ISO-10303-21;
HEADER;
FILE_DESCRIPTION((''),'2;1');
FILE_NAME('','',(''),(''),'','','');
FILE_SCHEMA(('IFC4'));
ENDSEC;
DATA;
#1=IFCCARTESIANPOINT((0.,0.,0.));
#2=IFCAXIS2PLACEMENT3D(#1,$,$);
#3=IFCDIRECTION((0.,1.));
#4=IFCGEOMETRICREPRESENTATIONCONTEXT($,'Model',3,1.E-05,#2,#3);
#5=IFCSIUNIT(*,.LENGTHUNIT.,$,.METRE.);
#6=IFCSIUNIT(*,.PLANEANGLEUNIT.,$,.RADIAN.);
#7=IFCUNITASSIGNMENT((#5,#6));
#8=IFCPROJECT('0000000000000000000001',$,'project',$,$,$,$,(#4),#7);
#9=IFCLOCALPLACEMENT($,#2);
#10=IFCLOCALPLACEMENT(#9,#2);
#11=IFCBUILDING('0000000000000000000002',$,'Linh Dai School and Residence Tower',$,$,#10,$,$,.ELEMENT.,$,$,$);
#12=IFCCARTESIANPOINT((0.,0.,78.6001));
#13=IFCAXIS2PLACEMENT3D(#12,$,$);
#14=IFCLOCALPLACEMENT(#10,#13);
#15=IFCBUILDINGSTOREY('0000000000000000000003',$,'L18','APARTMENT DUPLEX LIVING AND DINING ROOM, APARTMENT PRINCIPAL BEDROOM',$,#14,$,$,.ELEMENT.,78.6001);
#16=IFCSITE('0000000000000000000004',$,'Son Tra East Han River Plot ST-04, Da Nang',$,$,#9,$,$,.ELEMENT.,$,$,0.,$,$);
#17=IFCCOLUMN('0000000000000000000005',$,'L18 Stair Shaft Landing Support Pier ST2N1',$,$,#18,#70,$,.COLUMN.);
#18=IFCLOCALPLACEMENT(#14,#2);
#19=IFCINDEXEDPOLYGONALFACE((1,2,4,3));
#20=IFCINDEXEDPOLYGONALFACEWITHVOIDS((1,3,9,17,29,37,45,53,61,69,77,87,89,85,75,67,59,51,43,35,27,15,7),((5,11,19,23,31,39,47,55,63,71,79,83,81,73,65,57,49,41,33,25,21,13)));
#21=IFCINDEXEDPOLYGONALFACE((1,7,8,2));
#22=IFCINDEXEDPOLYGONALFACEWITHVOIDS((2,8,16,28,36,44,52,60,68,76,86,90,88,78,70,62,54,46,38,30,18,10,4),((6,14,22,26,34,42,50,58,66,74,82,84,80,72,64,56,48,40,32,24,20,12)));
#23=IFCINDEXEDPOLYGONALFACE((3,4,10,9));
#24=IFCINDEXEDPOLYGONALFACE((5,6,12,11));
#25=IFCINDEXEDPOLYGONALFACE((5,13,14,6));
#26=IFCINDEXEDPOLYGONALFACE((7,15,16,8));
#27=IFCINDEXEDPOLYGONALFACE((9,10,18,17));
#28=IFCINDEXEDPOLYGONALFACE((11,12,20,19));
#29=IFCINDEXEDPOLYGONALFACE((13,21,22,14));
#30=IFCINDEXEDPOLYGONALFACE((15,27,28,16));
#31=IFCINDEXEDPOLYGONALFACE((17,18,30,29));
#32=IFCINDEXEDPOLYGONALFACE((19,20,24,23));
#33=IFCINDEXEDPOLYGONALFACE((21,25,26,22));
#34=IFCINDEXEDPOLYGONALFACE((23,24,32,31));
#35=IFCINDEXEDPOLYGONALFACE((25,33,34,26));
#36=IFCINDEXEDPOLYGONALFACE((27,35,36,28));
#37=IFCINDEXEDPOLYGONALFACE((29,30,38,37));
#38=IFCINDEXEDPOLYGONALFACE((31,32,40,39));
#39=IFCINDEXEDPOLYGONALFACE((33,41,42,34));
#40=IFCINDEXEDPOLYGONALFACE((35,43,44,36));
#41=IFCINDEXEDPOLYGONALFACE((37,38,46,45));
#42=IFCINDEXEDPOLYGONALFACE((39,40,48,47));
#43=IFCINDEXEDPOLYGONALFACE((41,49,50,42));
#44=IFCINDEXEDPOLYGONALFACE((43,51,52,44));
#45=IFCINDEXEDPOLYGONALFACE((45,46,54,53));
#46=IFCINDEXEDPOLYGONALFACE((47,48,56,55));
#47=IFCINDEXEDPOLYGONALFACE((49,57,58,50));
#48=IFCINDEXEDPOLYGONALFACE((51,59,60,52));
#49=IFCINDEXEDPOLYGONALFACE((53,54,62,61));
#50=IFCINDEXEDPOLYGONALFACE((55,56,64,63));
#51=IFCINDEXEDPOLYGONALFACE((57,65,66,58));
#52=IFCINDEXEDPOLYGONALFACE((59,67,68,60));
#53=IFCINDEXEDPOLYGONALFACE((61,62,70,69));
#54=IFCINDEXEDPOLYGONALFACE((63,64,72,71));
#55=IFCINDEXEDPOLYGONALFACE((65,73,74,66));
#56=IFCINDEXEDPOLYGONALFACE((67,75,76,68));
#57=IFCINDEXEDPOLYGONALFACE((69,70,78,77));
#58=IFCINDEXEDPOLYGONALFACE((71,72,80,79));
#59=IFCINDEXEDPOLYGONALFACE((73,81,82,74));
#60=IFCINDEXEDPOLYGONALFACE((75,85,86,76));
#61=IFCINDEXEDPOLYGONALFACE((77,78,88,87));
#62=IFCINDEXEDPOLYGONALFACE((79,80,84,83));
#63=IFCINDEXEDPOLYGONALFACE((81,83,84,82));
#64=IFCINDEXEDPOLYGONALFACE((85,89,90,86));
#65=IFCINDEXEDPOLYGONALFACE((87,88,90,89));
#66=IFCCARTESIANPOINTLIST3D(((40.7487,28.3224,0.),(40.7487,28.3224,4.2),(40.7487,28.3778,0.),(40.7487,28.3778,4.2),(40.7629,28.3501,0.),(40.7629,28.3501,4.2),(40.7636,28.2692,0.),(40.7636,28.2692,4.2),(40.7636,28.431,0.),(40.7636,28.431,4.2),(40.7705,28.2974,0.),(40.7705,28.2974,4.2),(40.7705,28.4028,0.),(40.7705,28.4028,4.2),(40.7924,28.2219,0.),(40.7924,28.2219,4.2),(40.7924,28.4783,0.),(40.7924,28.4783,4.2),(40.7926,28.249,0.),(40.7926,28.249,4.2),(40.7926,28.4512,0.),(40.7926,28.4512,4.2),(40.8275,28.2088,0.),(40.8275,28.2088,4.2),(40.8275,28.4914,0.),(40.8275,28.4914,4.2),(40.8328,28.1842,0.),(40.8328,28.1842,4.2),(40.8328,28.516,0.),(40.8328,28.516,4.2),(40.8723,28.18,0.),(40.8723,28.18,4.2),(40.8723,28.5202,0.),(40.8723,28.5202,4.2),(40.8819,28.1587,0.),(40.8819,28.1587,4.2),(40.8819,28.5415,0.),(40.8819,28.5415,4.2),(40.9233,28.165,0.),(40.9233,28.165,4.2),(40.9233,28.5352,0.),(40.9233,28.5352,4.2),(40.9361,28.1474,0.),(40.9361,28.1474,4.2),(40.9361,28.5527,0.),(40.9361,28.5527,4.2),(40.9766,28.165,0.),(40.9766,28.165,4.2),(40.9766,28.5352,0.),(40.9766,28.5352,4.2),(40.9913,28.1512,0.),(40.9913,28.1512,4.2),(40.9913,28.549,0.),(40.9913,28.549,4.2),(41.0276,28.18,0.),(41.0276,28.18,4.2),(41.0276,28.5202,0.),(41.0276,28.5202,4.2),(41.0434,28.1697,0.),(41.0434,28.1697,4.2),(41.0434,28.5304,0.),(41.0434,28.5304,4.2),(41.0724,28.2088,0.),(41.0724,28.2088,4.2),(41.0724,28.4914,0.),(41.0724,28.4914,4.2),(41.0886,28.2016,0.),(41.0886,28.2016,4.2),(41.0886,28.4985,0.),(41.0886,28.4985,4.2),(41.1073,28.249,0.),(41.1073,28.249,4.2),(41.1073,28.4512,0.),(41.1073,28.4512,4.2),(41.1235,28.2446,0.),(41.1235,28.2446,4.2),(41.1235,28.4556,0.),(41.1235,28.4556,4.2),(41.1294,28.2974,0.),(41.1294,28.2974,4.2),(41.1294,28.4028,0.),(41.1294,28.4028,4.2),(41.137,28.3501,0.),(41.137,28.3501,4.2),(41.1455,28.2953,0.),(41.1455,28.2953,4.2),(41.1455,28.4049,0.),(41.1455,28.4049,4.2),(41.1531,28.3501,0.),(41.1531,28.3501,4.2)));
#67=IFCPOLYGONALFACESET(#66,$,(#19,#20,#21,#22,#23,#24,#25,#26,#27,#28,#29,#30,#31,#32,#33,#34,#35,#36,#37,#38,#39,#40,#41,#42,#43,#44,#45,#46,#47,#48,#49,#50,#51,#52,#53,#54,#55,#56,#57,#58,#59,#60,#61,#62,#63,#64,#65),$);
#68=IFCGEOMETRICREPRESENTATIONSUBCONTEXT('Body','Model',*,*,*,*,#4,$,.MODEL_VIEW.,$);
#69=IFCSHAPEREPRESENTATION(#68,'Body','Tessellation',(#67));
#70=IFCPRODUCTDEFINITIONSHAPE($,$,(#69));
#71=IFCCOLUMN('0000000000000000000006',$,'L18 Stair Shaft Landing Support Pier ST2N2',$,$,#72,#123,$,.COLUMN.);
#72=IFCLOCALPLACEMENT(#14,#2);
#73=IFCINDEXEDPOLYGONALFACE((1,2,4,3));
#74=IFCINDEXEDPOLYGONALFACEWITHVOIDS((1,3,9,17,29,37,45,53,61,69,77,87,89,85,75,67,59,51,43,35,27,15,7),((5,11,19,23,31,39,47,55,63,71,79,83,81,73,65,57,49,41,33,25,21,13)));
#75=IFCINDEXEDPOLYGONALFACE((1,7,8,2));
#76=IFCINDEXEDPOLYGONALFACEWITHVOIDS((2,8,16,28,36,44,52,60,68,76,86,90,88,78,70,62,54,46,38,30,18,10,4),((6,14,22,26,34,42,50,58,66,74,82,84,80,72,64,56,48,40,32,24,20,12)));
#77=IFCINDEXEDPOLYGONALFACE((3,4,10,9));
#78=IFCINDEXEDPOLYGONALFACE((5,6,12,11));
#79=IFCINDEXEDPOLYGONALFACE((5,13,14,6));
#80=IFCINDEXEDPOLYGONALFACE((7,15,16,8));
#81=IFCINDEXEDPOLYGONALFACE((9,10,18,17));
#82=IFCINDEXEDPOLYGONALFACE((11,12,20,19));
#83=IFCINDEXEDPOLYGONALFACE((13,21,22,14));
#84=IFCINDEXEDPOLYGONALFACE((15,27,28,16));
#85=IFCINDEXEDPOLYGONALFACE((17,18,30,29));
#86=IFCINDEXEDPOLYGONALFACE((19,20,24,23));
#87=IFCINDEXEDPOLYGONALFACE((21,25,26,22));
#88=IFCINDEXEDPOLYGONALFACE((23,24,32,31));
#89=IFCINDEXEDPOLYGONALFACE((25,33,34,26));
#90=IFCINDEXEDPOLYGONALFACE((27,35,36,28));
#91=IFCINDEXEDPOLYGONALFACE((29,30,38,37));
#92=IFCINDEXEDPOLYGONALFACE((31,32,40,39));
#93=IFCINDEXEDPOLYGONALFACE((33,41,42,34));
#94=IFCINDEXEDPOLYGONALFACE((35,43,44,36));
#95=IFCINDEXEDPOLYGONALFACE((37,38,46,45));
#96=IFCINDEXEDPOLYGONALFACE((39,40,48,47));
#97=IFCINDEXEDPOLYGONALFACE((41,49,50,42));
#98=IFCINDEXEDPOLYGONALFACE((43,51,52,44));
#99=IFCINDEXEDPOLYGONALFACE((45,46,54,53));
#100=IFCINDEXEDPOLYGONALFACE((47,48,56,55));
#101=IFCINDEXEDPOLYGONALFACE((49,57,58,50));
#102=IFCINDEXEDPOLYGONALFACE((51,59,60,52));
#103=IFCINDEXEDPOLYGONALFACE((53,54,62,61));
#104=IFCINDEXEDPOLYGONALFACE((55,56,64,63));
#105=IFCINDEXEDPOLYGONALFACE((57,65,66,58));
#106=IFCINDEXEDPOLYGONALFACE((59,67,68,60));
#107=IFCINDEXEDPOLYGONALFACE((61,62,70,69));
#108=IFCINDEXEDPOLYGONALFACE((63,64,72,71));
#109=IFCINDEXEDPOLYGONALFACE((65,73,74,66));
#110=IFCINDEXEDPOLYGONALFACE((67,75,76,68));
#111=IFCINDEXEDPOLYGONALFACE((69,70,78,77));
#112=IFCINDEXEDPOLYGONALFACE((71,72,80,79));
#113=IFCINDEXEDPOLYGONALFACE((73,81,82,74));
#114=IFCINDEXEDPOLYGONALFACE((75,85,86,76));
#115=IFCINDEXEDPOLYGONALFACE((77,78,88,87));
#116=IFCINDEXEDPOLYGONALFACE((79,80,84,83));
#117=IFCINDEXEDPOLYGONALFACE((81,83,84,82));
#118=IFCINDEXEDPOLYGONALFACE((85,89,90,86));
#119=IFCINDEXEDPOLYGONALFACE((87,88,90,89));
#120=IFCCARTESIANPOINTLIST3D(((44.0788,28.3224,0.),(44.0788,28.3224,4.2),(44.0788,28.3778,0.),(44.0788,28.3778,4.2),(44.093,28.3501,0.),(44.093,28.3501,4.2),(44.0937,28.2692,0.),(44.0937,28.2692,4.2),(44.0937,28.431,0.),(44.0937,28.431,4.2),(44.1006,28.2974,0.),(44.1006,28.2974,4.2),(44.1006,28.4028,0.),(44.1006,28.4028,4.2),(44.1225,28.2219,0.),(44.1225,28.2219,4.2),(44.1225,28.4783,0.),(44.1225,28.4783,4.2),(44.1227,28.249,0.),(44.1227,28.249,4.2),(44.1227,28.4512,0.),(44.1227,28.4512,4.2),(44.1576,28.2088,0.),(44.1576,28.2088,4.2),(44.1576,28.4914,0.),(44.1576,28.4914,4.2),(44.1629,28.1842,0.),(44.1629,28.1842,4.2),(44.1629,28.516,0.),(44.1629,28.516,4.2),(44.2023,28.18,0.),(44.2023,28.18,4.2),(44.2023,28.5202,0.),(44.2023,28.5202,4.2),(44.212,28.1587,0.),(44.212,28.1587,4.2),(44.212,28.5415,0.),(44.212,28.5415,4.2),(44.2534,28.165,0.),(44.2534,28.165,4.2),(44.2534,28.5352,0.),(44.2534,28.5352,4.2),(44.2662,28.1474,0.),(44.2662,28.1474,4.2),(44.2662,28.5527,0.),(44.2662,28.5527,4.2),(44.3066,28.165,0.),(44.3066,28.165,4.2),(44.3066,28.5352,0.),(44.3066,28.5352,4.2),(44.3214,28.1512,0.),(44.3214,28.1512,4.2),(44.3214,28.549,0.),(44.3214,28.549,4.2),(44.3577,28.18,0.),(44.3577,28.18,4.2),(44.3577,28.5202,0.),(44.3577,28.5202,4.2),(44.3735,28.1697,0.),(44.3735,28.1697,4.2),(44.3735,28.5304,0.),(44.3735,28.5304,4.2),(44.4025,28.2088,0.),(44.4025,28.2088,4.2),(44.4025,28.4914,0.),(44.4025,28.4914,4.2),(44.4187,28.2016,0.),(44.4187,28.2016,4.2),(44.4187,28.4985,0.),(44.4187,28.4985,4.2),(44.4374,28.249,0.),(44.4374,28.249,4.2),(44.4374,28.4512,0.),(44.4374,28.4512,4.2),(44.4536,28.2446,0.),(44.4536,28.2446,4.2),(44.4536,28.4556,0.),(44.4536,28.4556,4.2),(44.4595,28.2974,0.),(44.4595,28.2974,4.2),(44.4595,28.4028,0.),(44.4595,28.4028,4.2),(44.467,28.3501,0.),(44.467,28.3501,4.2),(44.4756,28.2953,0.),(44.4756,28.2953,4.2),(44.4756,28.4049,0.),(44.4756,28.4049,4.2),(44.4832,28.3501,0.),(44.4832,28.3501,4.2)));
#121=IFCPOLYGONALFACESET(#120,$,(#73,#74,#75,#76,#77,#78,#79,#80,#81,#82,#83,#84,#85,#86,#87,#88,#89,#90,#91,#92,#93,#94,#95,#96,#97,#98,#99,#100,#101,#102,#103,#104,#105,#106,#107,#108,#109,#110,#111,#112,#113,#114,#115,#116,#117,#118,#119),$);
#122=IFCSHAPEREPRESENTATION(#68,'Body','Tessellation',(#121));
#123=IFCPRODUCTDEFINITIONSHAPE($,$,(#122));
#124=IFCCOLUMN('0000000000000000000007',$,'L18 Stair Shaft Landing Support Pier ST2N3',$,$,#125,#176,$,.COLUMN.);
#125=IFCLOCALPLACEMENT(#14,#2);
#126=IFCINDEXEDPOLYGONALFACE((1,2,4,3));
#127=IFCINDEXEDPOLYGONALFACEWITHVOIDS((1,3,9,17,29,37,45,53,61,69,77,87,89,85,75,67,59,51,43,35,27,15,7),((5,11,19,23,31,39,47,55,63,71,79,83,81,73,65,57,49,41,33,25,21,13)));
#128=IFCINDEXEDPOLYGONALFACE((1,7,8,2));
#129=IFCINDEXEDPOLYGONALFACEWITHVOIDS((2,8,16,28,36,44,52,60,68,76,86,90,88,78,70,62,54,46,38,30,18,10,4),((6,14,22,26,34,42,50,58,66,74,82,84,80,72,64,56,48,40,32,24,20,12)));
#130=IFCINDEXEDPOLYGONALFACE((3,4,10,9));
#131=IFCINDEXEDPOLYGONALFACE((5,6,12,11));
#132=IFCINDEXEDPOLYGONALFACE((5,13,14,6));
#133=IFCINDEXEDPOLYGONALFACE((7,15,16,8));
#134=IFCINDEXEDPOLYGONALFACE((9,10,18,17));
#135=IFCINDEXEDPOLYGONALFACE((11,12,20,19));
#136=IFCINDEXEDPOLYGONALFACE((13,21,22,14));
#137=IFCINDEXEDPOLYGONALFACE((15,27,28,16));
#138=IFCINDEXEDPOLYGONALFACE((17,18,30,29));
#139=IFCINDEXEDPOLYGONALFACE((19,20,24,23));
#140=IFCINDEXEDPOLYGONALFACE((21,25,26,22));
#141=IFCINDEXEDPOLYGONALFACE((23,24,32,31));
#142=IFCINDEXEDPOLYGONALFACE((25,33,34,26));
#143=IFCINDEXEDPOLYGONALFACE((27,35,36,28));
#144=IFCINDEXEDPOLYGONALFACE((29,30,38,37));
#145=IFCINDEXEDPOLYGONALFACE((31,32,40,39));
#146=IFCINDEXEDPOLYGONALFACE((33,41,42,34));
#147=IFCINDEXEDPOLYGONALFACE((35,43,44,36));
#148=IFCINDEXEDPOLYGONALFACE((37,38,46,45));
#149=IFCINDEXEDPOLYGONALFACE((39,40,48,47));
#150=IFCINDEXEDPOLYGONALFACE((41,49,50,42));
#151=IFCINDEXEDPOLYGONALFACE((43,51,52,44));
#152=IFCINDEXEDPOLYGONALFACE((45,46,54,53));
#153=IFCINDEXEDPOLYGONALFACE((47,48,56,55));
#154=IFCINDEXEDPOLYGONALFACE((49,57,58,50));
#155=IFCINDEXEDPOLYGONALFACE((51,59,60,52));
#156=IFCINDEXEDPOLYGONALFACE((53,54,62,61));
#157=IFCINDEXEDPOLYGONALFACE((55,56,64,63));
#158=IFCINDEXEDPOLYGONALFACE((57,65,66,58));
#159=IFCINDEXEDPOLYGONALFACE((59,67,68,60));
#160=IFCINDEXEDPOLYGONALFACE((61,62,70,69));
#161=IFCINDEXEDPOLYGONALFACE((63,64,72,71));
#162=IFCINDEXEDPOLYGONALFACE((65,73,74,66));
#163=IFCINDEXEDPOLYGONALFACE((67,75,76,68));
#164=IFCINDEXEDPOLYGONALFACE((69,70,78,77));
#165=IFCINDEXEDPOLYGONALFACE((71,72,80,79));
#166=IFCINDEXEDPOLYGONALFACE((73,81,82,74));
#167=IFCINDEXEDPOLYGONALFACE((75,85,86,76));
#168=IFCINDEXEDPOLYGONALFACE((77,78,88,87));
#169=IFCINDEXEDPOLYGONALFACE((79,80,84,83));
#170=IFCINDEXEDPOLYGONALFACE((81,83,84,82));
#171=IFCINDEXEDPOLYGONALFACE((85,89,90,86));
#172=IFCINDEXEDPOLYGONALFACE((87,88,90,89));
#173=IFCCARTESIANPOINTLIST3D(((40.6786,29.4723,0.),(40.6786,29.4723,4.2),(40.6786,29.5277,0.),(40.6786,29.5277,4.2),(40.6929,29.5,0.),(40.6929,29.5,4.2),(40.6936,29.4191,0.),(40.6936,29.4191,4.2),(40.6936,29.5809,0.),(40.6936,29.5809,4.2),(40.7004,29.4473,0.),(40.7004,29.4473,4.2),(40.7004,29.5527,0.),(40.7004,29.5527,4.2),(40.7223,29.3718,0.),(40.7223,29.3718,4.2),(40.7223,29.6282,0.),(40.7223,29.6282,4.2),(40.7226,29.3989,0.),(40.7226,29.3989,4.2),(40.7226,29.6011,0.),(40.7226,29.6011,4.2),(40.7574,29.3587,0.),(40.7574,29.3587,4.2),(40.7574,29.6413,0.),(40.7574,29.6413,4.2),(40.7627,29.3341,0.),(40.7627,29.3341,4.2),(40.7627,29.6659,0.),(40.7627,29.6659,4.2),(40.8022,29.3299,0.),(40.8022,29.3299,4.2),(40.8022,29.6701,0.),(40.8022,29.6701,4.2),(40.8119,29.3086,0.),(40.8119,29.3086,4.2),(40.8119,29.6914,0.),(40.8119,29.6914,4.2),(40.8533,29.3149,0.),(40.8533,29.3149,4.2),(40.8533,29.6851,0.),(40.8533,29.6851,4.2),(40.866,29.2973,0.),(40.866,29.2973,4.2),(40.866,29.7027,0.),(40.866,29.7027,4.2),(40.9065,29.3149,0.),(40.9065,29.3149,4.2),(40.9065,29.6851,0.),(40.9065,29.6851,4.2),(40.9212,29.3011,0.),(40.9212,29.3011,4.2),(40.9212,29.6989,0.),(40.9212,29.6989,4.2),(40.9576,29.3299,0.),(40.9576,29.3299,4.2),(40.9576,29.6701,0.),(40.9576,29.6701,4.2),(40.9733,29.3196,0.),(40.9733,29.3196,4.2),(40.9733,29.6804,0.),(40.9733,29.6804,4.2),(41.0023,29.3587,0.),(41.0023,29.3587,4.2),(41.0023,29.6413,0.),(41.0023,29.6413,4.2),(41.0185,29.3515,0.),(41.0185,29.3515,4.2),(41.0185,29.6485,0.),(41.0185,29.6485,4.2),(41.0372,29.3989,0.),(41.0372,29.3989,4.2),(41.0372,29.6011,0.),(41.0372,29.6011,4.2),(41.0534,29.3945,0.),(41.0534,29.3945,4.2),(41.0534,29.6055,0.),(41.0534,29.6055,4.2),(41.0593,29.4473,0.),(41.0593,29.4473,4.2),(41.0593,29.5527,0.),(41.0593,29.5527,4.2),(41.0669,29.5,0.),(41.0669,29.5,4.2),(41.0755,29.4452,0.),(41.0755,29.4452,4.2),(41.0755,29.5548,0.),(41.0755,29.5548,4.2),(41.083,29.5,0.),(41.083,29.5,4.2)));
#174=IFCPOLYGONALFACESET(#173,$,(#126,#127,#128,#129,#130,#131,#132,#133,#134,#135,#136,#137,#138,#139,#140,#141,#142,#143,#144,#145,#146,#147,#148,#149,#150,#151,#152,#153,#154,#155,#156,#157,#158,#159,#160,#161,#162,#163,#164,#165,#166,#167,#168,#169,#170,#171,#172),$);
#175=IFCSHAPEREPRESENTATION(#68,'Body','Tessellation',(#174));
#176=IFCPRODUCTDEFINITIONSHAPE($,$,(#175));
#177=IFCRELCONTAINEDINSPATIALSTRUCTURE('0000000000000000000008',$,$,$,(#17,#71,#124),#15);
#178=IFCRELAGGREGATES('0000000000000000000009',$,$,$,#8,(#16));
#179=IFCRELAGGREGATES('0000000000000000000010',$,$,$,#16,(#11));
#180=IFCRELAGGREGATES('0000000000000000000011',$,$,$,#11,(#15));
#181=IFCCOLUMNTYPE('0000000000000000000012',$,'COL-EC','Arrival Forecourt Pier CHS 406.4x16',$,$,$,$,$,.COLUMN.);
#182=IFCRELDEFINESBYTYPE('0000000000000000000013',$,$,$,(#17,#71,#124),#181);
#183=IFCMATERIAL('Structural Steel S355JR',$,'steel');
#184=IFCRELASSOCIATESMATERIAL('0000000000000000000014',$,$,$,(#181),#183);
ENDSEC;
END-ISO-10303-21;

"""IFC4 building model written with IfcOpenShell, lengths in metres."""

from ifc_helpers import new_model, si_unit, direction, frame, origin, origin_2d, place, context, subcontext, project, spatial, hollow_circle, extrude, material, material_profile, profile_set, type_object, element, save


model = new_model("IFC4")

# Units and contexts
model_context = context("Model", 3, precision=1e-05, world=origin(), true_north=direction((0.0, 1.0)))
body_context = subcontext(model_context, "Body", "Model", "MODEL_VIEW")
ifc_project = project(units=[si_unit("LENGTHUNIT", "METRE"), si_unit("PLANEANGLEUNIT", "RADIAN")], contexts=[model_context])

# Site, building, storey
site_placement = place(None, origin())
site = spatial("IfcSite", under=ifc_project, at=site_placement, Name="Son Tra East Han River Plot ST-04, Da Nang", CompositionType="ELEMENT", RefElevation=0.0)
building_placement = place(site_placement, origin())
building = spatial("IfcBuilding", under=site, at=building_placement, Name="Linh Dai School and Residence Tower", CompositionType="ELEMENT")
storey_placement = place(building_placement, frame((0.0, 0.0, 78.6001)))
storey = spatial("IfcBuildingStorey", under=building, at=storey_placement, Name="L18", Description="APARTMENT DUPLEX LIVING AND DINING ROOM, APARTMENT PRINCIPAL BEDROOM", CompositionType="ELEMENT", Elevation=78.6001)

# Columns
ifc_material_1 = material(Name="Structural Steel S355JR", Category="steel")
ifc_material_profile_1 = material_profile(ifc_material_1, hollow_circle(Radius=0.2031, WallThickness=0.0161, at=origin_2d()), Name="CHS 406.4x16")
ifc_profile_set_1 = profile_set([ifc_material_profile_1], Name="Structural Steel S355JR")
column_type_1 = type_object("IfcColumnType", Name="COL-EC", Description="Arrival Forecourt Pier CHS 406.4x16", PredefinedType="COLUMN", material=ifc_profile_set_1)
for number, where, z_axis, x_axis, name in (
    (1, (40.95, 28.3501, 0.0), (0.0, 0.0, 1.0), (1.0, 0.0, 0.0), "L18 Stair Shaft Landing Support Pier ST2N1"),
    (2, (44.28, 28.3501, 0.0), (0.0, 0.0, 1.0), (1.0, 0.0, 0.0), "L18 Stair Shaft Landing Support Pier ST2N2"),
    (3, (40.8799, 29.5, 0.0), (0.0, 0.0, 1.0), (1.0, 0.0, 0.0), "L18 Stair Shaft Landing Support Pier ST2N3"),
):
    element("IfcColumn", number, at=place(storey_placement, frame(where, z_axis=z_axis, x_axis=x_axis)), inside=storey, type_object=column_type_1, Name=name, PredefinedType="COLUMN", context=body_context, shape_type="SweptSolid", body=[
        extrude(hollow_circle(Radius=0.2031, WallThickness=0.0161, at=origin_2d()), origin(), (0.0, 0.0, 1.0), 4.2),
    ])

save(model, "model.ifc")
